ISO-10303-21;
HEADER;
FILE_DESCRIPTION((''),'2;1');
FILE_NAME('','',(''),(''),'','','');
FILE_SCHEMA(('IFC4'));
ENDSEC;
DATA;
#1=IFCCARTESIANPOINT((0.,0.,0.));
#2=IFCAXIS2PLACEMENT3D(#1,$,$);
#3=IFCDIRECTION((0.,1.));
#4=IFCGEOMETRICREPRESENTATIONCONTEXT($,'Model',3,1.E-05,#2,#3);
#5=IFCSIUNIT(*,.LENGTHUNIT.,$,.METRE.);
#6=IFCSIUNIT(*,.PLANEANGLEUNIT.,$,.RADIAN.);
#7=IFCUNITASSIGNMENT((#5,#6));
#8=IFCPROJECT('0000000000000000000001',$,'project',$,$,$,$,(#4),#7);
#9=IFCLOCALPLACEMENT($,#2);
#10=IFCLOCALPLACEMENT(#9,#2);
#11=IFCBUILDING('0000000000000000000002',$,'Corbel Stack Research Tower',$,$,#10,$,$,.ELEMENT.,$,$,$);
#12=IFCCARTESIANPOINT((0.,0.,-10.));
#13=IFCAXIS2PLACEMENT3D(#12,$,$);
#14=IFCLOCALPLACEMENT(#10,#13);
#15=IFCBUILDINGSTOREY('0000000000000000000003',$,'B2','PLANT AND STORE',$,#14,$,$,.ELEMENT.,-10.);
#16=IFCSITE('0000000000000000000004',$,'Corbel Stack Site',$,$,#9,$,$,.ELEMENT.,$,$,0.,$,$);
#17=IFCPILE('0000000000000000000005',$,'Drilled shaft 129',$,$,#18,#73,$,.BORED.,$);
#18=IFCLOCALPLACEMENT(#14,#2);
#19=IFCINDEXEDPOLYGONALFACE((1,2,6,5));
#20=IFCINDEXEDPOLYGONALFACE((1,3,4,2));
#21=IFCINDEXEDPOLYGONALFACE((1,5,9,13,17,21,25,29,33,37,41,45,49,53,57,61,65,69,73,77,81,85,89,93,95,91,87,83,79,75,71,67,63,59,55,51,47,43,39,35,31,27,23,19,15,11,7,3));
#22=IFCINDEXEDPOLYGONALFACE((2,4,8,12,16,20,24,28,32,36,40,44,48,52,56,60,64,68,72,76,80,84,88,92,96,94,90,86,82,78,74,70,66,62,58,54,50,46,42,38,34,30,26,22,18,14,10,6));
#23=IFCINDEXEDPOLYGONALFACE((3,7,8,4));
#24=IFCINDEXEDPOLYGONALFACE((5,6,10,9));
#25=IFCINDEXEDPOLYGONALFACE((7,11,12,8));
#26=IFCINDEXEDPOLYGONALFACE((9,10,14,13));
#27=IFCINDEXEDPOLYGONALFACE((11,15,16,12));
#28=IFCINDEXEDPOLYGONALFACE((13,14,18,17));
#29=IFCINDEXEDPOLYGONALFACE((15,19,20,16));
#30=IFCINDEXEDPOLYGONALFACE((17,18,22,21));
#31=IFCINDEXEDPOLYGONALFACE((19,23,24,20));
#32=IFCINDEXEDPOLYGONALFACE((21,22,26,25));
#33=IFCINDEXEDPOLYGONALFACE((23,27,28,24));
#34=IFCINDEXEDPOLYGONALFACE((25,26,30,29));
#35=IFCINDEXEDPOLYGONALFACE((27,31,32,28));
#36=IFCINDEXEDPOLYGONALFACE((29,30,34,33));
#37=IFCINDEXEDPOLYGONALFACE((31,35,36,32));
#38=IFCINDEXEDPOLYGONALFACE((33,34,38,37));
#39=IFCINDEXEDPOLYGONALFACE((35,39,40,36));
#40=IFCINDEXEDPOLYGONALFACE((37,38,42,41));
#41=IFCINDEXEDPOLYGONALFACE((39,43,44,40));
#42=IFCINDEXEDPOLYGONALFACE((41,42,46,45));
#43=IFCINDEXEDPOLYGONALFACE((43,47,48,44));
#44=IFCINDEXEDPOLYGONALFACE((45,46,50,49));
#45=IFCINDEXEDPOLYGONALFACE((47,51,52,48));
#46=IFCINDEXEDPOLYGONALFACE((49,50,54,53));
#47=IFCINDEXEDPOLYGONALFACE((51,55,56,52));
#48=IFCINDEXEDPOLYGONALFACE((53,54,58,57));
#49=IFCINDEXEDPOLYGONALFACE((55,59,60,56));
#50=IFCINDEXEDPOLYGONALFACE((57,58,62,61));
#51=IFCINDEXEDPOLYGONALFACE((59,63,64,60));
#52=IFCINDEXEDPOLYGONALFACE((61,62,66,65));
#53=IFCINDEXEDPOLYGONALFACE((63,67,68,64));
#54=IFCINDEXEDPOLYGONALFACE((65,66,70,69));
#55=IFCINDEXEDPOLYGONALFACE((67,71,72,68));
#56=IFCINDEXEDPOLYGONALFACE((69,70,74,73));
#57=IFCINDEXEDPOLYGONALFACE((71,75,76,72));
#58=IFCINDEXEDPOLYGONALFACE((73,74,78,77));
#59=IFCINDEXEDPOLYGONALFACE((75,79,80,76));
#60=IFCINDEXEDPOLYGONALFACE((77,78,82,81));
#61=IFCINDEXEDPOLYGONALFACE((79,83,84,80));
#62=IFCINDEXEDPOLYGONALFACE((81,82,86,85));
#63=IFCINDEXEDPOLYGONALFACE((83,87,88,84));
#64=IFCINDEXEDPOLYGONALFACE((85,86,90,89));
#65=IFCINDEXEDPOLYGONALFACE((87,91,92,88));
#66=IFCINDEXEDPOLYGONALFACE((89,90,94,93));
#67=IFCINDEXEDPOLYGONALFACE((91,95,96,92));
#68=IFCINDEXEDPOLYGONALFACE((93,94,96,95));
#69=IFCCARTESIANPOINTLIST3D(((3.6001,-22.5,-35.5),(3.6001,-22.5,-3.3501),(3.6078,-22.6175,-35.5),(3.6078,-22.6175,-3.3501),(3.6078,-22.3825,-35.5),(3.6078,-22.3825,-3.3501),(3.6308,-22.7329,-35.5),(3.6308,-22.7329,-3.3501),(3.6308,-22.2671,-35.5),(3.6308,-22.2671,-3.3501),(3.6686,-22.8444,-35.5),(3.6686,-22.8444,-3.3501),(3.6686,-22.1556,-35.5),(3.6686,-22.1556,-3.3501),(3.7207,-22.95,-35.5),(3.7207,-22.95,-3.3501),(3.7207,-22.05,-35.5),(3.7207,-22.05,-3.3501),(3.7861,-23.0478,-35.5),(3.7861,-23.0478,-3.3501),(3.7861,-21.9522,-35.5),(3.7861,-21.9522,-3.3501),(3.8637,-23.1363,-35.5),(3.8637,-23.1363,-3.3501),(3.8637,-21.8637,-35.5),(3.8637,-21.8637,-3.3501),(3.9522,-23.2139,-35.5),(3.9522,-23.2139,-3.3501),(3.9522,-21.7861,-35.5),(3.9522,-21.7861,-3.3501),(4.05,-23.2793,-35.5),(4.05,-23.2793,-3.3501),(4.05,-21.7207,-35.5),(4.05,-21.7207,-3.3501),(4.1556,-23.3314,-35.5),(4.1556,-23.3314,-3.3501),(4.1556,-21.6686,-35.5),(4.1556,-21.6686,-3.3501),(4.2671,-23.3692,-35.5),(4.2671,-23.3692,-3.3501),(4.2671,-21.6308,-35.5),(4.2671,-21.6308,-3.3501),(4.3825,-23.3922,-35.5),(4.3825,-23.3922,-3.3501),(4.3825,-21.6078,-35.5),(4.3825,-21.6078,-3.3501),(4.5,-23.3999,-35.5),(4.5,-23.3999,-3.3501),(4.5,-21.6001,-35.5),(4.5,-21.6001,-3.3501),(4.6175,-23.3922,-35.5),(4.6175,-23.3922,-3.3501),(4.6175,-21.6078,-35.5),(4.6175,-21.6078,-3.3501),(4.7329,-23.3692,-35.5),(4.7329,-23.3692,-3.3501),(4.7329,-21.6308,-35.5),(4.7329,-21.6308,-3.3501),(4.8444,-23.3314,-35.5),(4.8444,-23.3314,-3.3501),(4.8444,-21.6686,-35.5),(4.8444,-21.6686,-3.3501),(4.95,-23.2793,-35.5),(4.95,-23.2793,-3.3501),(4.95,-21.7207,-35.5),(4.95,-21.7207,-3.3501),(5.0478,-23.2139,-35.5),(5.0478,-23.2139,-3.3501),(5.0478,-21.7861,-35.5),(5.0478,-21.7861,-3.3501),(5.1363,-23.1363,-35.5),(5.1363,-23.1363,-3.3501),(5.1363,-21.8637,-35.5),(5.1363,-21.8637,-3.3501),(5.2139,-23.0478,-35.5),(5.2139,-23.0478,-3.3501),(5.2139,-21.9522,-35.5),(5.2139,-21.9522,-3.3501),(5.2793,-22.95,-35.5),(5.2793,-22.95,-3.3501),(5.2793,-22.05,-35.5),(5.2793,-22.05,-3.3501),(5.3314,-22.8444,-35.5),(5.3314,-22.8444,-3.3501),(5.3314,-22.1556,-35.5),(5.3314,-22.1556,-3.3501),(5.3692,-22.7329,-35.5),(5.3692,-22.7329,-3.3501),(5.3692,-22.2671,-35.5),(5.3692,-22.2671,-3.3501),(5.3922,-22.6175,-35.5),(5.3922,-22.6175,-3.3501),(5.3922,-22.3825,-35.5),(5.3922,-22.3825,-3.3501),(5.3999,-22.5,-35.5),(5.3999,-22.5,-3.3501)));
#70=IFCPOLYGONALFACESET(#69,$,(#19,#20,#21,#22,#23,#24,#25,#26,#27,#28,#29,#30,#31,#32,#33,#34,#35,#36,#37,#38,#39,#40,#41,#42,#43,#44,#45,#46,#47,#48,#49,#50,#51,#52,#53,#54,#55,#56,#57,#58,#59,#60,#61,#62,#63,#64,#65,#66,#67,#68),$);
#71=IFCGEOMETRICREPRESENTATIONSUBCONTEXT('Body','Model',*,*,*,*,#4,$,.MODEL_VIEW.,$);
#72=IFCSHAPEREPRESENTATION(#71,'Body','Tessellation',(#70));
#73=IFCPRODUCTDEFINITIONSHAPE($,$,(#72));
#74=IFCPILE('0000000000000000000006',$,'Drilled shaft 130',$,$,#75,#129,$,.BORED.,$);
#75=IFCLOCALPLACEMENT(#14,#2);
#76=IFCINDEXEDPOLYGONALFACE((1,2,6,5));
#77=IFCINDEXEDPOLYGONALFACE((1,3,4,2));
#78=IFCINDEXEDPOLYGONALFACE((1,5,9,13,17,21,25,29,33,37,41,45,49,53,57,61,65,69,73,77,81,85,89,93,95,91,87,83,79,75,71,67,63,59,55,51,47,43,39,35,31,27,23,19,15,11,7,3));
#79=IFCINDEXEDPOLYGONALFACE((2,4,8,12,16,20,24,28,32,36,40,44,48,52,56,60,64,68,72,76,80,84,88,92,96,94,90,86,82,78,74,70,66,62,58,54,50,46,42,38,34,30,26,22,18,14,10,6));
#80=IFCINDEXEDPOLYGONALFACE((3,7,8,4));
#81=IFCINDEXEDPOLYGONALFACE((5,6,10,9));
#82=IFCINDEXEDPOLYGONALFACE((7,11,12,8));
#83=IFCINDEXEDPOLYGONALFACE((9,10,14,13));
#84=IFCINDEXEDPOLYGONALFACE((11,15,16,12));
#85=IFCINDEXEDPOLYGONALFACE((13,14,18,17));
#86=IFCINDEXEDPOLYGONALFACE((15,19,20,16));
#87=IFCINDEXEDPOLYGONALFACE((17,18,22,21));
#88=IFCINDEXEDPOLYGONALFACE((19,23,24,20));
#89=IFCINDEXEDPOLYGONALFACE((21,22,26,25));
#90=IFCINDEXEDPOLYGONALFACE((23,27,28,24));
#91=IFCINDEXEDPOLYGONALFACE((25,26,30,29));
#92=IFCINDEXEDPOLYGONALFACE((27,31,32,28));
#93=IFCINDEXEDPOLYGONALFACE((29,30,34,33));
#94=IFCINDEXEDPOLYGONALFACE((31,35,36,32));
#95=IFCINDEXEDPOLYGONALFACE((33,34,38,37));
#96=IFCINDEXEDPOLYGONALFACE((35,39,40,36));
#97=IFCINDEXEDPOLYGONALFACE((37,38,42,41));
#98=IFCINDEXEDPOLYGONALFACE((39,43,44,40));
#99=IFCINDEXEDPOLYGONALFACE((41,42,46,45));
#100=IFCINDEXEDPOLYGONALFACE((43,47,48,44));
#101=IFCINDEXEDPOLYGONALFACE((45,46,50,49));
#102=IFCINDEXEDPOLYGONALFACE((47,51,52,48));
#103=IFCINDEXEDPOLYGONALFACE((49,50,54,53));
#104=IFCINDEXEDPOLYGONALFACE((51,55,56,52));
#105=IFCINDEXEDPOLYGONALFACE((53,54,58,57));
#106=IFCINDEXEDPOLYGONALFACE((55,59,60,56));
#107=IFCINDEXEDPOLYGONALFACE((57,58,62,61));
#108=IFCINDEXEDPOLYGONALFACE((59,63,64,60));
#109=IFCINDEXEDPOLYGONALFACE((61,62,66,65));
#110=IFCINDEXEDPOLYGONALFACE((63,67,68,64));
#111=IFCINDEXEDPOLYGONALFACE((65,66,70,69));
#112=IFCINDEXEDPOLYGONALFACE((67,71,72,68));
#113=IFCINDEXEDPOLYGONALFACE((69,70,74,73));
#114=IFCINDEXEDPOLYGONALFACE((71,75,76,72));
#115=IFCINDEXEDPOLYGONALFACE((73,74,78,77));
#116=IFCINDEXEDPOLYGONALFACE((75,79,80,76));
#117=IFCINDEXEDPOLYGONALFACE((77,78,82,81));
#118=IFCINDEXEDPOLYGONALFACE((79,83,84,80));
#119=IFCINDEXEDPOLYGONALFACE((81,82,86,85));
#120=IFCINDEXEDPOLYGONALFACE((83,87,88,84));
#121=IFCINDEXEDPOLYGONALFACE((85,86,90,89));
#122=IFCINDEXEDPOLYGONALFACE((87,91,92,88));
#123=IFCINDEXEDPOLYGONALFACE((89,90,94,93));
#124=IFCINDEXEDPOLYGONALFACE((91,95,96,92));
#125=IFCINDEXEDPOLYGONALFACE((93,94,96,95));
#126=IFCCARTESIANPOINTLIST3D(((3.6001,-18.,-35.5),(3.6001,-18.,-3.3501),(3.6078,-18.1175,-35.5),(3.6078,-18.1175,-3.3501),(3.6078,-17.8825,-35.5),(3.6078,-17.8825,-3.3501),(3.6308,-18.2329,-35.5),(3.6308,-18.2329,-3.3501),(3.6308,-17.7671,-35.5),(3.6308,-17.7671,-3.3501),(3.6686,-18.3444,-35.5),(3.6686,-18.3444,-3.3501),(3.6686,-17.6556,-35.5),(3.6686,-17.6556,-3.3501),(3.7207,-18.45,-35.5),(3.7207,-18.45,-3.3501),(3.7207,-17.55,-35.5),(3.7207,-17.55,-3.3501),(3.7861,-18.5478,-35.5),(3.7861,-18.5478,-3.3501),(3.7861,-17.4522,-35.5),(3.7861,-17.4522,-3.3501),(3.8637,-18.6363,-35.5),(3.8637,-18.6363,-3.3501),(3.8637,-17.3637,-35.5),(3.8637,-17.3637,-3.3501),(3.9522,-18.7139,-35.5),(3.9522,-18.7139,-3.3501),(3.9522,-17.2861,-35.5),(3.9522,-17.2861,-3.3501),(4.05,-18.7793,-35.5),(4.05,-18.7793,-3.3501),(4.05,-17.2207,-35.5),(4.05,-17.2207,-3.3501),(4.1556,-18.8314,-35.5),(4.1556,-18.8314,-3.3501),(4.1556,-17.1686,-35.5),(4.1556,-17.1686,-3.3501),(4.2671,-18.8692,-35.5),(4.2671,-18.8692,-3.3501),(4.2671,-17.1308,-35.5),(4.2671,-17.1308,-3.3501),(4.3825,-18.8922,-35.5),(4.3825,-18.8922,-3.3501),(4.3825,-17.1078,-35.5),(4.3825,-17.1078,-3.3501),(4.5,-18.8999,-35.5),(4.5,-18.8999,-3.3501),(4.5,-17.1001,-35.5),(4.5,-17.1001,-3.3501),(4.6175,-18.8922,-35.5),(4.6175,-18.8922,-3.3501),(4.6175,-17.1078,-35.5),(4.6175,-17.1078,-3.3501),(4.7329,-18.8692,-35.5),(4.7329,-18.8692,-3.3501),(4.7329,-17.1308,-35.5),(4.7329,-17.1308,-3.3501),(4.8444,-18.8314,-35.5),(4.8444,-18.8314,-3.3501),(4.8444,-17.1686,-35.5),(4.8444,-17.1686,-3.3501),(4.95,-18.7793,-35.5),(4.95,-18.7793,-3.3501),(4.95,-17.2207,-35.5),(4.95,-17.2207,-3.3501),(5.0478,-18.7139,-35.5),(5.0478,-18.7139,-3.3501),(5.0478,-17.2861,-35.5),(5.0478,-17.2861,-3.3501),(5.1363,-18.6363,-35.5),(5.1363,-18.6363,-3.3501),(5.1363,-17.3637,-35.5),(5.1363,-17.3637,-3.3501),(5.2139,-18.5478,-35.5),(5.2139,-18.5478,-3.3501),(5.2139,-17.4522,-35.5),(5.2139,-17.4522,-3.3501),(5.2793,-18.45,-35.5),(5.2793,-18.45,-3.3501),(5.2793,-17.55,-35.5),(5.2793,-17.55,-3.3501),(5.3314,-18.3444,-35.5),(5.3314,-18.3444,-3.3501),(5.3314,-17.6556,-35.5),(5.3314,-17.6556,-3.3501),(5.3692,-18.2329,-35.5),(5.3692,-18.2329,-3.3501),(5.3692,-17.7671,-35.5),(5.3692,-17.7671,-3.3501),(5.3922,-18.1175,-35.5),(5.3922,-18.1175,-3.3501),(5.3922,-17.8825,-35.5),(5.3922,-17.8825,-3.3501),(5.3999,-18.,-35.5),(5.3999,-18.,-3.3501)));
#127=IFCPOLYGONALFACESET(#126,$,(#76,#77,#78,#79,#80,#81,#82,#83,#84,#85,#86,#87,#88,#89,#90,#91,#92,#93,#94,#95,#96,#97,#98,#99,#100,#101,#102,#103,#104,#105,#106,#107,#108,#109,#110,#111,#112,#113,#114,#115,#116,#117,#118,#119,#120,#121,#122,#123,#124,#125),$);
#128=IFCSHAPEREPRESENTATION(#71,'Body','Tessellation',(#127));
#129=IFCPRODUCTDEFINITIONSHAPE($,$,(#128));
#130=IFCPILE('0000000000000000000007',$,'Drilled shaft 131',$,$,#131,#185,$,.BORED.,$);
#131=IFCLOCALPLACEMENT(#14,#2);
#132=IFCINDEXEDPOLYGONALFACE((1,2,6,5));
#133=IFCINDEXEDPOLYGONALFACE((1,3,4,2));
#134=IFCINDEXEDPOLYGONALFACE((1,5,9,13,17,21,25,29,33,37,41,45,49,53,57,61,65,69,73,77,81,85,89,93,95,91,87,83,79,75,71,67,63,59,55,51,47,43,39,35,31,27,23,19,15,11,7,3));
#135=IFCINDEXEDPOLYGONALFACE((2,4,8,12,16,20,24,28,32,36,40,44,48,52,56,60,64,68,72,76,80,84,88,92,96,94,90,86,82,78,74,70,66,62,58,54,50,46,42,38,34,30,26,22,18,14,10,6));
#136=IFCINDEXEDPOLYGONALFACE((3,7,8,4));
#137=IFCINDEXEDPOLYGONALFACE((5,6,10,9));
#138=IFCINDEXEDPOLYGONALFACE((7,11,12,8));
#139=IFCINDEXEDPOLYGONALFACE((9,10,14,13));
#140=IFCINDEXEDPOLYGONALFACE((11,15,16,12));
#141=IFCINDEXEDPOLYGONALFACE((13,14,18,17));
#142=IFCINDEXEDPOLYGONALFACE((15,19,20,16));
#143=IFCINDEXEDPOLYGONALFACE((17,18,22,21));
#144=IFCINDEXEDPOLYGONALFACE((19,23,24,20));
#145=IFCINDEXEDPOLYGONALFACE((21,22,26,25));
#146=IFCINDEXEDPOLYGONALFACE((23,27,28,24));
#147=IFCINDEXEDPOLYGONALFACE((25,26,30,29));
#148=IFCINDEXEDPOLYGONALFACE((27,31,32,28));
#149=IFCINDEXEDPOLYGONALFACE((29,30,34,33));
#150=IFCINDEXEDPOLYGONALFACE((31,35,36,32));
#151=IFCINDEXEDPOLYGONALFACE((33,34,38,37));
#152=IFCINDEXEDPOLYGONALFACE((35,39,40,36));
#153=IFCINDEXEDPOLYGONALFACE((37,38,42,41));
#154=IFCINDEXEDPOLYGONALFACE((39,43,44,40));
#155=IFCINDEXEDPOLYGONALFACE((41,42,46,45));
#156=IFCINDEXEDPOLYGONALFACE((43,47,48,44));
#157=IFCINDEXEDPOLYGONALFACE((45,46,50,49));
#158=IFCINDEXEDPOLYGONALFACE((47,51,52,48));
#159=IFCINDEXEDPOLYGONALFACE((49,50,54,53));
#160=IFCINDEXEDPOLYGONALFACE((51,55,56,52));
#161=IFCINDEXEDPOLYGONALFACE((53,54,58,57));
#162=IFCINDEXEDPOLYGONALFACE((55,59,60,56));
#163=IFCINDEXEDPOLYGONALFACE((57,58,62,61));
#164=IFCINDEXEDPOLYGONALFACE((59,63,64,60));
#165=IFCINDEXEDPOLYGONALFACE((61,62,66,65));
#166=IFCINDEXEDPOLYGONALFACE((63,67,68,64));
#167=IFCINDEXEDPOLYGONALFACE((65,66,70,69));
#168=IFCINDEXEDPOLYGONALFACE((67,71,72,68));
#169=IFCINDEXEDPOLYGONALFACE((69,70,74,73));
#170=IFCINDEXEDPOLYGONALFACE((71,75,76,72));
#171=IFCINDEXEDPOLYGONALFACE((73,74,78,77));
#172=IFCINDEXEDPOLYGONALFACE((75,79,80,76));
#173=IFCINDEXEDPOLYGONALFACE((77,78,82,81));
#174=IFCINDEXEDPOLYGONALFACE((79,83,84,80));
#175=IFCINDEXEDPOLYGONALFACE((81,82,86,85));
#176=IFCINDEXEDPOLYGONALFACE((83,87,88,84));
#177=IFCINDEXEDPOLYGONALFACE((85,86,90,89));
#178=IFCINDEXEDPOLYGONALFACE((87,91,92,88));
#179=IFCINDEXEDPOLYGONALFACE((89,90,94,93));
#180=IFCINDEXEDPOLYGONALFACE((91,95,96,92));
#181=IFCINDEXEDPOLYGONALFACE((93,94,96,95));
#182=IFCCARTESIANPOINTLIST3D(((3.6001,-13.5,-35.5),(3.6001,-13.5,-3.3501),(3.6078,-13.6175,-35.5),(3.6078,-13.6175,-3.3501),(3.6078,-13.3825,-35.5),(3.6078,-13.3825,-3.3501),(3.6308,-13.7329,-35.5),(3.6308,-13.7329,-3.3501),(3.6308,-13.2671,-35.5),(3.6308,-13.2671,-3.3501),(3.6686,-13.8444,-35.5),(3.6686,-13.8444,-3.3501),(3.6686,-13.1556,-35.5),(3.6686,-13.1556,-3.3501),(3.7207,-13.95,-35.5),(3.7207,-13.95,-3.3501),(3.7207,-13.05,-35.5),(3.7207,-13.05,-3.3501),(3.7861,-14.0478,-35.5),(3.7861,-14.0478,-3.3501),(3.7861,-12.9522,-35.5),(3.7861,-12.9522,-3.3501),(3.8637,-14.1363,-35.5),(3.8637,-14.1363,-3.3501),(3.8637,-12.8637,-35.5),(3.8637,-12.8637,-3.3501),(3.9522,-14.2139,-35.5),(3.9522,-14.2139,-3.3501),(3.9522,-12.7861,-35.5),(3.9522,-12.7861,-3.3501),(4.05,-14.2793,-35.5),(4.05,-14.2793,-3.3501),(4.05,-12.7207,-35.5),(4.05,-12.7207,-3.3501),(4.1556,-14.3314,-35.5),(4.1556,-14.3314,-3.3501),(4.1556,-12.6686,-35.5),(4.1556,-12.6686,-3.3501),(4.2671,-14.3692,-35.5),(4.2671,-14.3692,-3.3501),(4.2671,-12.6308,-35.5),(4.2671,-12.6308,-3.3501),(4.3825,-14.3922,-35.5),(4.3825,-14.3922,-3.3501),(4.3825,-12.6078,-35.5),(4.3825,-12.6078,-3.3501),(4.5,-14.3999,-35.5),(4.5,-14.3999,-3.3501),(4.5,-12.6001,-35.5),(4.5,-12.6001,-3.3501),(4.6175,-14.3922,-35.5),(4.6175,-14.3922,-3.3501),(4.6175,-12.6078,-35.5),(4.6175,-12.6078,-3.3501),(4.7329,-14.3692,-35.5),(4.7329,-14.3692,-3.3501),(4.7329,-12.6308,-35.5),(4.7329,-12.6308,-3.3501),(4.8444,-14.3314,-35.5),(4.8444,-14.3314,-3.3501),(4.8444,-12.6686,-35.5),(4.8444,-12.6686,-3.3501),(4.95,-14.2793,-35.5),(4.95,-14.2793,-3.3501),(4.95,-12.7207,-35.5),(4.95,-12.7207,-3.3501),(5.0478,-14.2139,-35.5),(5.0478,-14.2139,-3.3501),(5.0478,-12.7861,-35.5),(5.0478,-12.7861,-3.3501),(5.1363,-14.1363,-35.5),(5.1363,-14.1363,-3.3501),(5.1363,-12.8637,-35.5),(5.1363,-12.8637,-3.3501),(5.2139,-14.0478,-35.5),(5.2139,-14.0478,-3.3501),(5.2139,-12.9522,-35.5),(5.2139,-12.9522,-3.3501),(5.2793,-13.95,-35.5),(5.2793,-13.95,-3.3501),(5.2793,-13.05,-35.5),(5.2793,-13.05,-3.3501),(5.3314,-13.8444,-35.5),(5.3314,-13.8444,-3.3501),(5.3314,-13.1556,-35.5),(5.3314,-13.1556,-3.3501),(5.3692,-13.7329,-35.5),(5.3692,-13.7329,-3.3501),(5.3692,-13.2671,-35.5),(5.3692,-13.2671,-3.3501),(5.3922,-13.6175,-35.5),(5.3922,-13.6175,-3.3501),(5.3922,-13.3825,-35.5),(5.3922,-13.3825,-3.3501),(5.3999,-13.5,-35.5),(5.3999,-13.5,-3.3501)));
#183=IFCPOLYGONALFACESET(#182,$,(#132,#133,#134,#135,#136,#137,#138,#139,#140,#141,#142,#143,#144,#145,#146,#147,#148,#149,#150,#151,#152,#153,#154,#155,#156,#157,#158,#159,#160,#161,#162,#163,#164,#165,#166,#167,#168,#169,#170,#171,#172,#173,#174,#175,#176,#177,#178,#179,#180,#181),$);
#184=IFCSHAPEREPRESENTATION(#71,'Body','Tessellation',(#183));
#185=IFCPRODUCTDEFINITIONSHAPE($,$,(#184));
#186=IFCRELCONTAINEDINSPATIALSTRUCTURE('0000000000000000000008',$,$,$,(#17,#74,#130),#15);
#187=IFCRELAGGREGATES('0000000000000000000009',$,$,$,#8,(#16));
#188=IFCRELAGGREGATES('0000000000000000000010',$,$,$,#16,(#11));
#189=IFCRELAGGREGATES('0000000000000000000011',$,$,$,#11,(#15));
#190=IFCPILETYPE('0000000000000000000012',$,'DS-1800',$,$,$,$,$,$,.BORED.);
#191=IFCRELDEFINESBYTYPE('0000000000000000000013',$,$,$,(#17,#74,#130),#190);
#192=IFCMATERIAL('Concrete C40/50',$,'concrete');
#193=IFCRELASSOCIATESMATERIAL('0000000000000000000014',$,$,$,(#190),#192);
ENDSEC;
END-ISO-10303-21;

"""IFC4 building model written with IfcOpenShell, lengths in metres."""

from ifc_helpers import new_model, si_unit, direction, frame, origin, origin_2d, place, context, subcontext, project, spatial, circle, extrude, material, material_profile, profile_set, type_object, element, save


model = new_model("IFC4")

# Units and contexts
model_context = context("Model", 3, precision=1e-05, world=origin(), true_north=direction((0.0, 1.0)))
body_context = subcontext(model_context, "Body", "Model", "MODEL_VIEW")
ifc_project = project(units=[si_unit("LENGTHUNIT", "METRE"), si_unit("PLANEANGLEUNIT", "RADIAN")], contexts=[model_context])

# Site, building, storey
site_placement = place(None, origin())
site = spatial("IfcSite", under=ifc_project, at=site_placement, Name="Corbel Stack Site", CompositionType="ELEMENT", RefElevation=0.0)
building_placement = place(site_placement, origin())
building = spatial("IfcBuilding", under=site, at=building_placement, Name="Corbel Stack Research Tower", CompositionType="ELEMENT")
storey_placement = place(building_placement, frame((0.0, 0.0, -10.0)))
storey = spatial("IfcBuildingStorey", under=building, at=storey_placement, Name="B2", Description="PLANT AND STORE", CompositionType="ELEMENT", Elevation=-10.0)

# Piles
ifc_material_1 = material(Name="Concrete C40/50", Category="concrete")
ifc_material_profile_1 = material_profile(ifc_material_1, circle(Radius=0.8999, at=origin_2d()), Name="Shaft 1800")
ifc_profile_set_1 = profile_set([ifc_material_profile_1], Name="Concrete C40/50")
pile_type = type_object("IfcPileType", Name="DS-1800", PredefinedType="BORED", material=ifc_profile_set_1)
for number, where, z_axis, x_axis, name in (
    (1, (4.5, -22.5, -3.3501), (0.0, 0.0, -1.0), (1.0, 0.0, 0.0), "Drilled shaft 129"),
    (2, (4.5, -18.0, -3.3501), (0.0, 0.0, -1.0), (1.0, 0.0, 0.0), "Drilled shaft 130"),
    (3, (4.5, -13.5, -3.3501), (0.0, 0.0, -1.0), (1.0, 0.0, 0.0), "Drilled shaft 131"),
):
    element("IfcPile", number, at=place(storey_placement, frame(where, z_axis=z_axis, x_axis=x_axis)), inside=storey, type_object=pile_type, Name=name, PredefinedType="BORED", context=body_context, shape_type="SweptSolid", body=[
        extrude(circle(Radius=0.8999, at=origin_2d()), origin(), (0.0, 0.0, 1.0), 32.1499),
    ])

save(model, "model.ifc")
